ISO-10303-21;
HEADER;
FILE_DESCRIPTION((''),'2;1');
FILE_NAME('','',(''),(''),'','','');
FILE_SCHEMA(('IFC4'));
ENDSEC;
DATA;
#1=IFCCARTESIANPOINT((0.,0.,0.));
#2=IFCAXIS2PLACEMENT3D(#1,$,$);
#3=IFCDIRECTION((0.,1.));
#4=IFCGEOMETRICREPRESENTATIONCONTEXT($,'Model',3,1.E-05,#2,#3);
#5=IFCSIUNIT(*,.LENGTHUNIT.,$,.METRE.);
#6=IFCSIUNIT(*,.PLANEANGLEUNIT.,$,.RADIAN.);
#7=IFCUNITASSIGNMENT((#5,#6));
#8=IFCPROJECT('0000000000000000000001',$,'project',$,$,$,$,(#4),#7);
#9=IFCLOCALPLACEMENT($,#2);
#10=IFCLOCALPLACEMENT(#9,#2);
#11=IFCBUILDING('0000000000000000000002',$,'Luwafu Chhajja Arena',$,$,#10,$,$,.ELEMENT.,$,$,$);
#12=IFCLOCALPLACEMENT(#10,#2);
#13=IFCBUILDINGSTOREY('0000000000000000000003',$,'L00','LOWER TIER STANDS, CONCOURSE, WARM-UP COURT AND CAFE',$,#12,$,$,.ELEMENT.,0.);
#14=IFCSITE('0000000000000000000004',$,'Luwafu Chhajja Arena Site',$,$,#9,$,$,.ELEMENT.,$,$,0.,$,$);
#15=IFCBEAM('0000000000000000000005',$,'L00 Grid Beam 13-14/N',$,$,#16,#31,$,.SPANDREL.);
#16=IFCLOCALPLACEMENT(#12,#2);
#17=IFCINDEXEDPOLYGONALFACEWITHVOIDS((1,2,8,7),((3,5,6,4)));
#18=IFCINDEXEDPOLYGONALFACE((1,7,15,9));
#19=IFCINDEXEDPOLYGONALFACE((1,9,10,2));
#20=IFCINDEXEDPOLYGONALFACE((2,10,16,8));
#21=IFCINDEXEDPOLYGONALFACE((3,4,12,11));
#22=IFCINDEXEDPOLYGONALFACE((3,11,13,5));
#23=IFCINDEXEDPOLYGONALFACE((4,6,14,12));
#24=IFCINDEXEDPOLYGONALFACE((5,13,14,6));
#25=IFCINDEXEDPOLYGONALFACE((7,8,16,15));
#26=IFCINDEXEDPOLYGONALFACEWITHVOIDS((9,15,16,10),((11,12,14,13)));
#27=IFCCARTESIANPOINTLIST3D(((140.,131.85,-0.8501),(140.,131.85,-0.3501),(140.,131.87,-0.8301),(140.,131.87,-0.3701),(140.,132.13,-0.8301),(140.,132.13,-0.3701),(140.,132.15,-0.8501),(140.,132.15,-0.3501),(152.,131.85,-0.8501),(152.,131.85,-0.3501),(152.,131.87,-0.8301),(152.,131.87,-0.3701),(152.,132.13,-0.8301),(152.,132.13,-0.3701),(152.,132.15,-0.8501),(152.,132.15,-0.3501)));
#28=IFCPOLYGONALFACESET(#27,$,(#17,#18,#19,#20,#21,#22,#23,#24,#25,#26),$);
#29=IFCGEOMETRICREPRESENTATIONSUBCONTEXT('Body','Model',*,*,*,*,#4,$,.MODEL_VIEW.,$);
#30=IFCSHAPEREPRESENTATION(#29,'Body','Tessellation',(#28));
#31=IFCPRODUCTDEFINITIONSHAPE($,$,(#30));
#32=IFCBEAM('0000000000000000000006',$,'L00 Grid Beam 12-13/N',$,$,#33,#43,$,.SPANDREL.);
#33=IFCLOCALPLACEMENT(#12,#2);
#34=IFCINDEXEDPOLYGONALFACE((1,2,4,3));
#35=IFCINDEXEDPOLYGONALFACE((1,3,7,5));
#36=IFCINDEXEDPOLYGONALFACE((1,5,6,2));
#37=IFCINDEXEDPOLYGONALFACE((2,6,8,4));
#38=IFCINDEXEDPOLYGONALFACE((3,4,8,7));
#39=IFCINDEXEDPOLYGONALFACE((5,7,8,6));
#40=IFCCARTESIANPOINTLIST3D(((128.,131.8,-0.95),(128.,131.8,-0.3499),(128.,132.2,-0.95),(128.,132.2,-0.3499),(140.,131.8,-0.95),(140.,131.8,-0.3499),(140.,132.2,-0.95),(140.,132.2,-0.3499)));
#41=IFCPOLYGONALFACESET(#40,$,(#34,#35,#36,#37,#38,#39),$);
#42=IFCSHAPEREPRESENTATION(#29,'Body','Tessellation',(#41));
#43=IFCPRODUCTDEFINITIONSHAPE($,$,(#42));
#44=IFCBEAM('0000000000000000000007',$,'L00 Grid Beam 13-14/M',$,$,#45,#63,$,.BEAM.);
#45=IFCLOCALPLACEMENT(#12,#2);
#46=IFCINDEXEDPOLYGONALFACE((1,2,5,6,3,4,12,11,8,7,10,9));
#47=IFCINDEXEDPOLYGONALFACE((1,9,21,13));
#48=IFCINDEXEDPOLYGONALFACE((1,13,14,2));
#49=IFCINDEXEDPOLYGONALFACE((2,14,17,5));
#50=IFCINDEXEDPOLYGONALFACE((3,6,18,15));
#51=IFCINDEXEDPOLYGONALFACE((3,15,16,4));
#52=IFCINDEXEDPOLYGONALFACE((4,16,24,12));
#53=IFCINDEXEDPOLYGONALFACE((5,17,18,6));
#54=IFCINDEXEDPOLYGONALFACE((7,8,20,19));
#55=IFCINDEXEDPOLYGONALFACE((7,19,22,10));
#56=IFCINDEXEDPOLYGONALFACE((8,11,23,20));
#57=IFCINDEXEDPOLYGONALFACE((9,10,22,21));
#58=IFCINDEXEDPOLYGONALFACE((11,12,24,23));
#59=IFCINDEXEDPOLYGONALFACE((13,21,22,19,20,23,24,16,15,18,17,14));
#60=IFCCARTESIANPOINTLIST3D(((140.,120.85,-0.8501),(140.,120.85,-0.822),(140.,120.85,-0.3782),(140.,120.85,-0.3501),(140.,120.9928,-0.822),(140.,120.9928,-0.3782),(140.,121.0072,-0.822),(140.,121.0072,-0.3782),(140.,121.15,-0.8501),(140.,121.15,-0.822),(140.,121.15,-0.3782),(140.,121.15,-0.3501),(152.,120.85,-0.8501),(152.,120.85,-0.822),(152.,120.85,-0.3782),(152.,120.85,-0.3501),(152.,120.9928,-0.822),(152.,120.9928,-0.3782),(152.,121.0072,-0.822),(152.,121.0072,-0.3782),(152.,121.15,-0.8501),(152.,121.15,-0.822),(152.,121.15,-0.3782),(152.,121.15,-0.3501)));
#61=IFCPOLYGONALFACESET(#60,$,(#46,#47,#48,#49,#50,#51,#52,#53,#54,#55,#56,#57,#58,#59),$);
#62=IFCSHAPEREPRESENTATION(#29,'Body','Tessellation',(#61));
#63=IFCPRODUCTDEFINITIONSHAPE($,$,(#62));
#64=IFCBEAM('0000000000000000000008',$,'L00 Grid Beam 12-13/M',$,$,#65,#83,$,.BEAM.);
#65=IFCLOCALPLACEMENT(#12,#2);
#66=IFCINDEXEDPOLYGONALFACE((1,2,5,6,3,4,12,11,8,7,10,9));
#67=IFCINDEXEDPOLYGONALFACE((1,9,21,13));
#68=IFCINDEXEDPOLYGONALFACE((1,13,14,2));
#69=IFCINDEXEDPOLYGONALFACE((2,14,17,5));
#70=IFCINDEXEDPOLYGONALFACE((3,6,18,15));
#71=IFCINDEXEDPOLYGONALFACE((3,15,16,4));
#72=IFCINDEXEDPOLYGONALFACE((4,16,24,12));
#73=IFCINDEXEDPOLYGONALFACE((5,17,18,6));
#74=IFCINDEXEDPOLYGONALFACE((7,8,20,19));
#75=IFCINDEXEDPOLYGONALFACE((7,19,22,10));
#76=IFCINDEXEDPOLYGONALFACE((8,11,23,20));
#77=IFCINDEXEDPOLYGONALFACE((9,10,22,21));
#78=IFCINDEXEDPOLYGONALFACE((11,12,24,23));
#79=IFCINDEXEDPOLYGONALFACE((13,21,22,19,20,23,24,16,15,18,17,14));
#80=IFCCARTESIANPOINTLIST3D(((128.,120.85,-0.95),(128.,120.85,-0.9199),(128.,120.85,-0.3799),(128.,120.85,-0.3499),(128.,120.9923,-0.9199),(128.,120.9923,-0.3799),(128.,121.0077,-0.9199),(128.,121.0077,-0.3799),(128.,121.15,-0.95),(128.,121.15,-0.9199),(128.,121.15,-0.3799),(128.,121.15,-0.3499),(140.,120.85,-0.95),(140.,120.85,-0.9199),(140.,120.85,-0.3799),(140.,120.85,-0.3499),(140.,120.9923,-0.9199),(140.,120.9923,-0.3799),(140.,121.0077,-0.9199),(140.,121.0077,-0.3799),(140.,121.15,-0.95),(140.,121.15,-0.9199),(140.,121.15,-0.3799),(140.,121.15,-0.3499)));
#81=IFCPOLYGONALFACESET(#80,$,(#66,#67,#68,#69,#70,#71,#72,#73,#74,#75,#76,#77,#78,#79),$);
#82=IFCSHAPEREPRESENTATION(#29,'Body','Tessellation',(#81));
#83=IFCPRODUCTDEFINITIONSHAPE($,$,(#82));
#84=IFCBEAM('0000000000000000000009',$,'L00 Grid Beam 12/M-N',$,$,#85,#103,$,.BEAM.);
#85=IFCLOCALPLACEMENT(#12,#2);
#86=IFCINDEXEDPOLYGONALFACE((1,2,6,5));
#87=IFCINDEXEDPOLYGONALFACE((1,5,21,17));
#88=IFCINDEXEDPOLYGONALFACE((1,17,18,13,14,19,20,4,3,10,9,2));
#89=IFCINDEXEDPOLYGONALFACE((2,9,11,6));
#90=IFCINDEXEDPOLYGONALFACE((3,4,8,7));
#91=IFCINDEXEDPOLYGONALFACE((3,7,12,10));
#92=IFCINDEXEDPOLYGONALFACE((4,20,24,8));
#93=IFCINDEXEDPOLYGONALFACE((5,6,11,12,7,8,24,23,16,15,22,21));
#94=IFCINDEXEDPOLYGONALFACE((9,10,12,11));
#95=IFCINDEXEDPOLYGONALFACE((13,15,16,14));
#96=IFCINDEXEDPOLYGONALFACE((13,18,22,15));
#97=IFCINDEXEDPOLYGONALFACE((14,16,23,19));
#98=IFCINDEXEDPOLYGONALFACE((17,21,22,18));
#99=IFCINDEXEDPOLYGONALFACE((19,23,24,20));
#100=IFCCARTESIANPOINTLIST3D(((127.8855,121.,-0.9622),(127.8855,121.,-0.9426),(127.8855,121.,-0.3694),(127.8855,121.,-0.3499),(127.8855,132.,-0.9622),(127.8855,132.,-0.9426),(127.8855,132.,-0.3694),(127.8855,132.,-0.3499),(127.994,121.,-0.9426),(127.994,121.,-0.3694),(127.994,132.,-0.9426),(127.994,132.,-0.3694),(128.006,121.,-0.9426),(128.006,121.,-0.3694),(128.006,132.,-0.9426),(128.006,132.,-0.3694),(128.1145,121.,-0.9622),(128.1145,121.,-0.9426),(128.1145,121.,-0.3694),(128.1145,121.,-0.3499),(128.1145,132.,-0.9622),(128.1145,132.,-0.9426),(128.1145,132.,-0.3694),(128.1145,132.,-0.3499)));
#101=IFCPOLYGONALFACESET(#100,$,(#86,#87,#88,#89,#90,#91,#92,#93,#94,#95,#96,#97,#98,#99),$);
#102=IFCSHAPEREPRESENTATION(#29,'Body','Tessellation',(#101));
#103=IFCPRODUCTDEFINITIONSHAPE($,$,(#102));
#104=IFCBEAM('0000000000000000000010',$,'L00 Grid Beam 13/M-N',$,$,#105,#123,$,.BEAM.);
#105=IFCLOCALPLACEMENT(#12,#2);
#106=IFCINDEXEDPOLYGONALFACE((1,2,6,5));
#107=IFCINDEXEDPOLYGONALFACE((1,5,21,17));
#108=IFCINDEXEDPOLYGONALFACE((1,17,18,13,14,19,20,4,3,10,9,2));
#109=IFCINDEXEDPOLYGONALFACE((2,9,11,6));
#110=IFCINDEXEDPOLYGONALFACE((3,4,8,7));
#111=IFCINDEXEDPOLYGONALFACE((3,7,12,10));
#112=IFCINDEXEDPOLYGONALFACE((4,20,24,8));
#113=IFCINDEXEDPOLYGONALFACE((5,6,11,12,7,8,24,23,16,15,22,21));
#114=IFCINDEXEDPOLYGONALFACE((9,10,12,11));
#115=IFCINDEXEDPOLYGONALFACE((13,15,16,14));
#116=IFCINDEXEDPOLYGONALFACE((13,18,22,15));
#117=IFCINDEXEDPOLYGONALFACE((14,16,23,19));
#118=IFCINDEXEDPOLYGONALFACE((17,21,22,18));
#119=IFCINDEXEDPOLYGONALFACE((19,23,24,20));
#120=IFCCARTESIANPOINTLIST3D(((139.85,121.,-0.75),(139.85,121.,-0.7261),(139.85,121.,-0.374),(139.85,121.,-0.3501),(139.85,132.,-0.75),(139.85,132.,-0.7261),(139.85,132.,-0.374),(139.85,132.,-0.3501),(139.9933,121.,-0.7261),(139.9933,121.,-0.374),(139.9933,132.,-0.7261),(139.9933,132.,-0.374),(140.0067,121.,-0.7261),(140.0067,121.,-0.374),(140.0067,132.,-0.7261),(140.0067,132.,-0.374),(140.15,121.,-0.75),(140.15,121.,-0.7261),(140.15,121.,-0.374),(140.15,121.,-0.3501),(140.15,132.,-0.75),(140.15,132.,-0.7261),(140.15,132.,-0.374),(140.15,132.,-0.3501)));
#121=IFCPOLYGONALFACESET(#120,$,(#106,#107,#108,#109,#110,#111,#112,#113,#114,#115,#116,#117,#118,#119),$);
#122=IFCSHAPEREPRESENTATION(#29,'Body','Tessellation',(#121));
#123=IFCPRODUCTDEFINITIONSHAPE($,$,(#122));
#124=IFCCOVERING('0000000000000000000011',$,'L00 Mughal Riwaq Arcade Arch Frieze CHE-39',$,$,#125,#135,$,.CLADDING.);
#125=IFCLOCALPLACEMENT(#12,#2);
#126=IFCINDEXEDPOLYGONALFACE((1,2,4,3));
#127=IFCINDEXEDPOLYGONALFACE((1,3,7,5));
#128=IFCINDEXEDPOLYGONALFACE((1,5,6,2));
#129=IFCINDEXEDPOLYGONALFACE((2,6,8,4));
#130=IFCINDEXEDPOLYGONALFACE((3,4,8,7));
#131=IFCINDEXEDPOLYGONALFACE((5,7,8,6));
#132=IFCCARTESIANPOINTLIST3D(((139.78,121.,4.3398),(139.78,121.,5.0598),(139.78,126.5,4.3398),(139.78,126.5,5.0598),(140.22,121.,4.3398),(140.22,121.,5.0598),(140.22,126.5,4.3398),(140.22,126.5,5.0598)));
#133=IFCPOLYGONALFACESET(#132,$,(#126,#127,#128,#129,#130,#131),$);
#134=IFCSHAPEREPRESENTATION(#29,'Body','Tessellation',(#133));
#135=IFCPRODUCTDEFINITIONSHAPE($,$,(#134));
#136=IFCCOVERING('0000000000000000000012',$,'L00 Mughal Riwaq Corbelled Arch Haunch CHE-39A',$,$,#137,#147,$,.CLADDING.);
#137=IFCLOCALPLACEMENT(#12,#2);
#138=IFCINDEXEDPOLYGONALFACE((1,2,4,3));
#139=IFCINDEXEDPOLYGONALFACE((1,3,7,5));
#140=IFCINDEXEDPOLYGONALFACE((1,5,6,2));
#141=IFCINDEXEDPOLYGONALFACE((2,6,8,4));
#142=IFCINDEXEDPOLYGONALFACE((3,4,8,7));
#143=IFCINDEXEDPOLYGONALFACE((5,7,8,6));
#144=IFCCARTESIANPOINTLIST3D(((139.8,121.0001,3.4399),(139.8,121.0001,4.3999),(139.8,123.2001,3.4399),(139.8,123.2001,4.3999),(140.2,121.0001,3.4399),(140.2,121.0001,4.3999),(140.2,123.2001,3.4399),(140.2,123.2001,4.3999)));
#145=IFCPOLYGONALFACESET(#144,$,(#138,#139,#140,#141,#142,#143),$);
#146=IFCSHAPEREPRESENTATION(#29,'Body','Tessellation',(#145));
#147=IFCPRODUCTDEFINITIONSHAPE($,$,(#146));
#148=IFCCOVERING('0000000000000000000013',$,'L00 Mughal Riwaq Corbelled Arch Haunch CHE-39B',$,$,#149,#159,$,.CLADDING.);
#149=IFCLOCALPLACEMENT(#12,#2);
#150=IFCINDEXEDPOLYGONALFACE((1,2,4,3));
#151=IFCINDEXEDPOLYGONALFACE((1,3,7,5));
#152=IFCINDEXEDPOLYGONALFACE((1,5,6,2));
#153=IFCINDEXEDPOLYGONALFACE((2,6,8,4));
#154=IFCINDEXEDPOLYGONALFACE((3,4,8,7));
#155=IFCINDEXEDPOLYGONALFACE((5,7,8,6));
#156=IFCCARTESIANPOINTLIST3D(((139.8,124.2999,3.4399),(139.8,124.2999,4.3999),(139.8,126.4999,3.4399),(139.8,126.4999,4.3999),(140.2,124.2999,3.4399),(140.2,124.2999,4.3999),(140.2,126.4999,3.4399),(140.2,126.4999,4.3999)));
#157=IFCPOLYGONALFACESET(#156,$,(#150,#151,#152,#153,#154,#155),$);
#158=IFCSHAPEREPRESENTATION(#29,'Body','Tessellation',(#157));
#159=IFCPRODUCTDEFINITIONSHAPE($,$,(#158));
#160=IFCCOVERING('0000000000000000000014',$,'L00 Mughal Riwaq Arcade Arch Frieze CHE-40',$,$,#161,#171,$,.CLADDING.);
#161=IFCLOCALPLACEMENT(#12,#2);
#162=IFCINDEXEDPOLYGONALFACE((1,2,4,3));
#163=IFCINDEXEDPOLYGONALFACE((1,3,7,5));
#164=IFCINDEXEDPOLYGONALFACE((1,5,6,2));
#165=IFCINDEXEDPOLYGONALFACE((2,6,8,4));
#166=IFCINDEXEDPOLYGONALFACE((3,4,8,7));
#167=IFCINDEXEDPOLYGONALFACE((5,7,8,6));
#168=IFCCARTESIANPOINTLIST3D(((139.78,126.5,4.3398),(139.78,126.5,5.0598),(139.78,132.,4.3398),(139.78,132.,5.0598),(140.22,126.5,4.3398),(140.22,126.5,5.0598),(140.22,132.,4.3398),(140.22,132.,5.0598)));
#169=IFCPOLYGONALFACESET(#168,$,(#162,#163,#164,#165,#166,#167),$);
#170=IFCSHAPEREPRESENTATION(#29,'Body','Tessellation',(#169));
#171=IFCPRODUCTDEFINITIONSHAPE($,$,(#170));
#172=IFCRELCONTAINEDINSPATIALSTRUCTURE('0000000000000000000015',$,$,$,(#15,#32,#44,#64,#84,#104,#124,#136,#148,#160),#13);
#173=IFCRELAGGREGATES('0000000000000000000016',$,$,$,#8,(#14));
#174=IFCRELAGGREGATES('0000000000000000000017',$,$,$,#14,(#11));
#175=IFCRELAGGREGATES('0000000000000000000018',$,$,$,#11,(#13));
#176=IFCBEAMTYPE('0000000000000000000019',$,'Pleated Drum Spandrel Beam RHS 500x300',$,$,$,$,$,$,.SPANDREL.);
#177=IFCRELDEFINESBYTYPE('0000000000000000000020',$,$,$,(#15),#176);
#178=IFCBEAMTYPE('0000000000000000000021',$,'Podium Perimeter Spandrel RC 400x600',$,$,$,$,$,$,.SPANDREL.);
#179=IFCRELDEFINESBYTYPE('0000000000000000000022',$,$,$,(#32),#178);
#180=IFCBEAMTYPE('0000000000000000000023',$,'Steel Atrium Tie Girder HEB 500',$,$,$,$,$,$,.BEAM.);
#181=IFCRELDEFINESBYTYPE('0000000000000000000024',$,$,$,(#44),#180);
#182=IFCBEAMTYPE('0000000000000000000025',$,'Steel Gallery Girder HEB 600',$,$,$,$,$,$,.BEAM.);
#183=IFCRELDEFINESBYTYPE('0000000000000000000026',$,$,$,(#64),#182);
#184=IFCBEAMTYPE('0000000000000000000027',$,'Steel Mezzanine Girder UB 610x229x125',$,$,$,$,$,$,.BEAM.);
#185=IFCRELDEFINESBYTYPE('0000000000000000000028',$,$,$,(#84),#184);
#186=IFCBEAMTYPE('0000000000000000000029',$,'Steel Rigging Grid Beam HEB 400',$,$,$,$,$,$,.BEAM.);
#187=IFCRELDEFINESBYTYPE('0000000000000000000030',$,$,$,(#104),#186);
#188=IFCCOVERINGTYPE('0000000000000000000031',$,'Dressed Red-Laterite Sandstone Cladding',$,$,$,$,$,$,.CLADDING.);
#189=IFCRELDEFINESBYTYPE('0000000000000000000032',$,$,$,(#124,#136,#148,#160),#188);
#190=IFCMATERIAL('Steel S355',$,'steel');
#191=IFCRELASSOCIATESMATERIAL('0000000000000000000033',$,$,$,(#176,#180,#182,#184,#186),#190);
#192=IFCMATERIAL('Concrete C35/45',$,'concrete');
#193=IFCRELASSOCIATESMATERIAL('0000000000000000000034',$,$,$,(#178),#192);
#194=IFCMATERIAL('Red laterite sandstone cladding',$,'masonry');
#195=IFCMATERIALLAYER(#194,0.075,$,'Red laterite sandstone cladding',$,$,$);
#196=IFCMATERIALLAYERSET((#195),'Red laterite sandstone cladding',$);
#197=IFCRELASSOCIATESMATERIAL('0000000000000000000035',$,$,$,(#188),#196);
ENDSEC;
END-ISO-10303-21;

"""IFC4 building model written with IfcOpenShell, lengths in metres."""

from ifc_helpers import new_model, si_unit, direction, frame, origin, origin_2d, place, context, subcontext, project, spatial, rectangle, hollow_rectangle, i_section, extrude, material, layer, layer_set, material_profile, profile_set, type_object, element, save


model = new_model("IFC4")

# Units and contexts
model_context = context("Model", 3, precision=1e-05, world=origin(), true_north=direction((0.0, 1.0)))
body_context = subcontext(model_context, "Body", "Model", "MODEL_VIEW")
ifc_project = project(units=[si_unit("LENGTHUNIT", "METRE"), si_unit("PLANEANGLEUNIT", "RADIAN")], contexts=[model_context])

# Site, building, storey
site_placement = place(None, origin())
site = spatial("IfcSite", under=ifc_project, at=site_placement, Name="Luwafu Chhajja Arena Site", CompositionType="ELEMENT", RefElevation=0.0)
building_placement = place(site_placement, origin())
building = spatial("IfcBuilding", under=site, at=building_placement, Name="Luwafu Chhajja Arena", CompositionType="ELEMENT")
storey_placement = place(building_placement, origin())
storey = spatial("IfcBuildingStorey", under=building, at=storey_placement, Name="L00", Description="LOWER TIER STANDS, CONCOURSE, WARM-UP COURT AND CAFE", CompositionType="ELEMENT", Elevation=0.0)

# Shared definitions
ifc_material_1 = material(Name="Concrete C35/45", Category="concrete")

# Beams
ifc_material_2 = material(Name="Steel S355", Category="steel")
ifc_material_profile_1 = material_profile(ifc_material_2, hollow_rectangle(XDim=0.3, YDim=0.5, WallThickness=0.02, at=origin_2d()), Name="RHS 500x300x20")
ifc_profile_set_1 = profile_set([ifc_material_profile_1], Name="Steel S355")
beam_type_1 = type_object("IfcBeamType", Name="Pleated Drum Spandrel Beam RHS 500x300", PredefinedType="SPANDREL", material=ifc_profile_set_1)
beam_1_placement = place(storey_placement, frame((140.0, 132.0, -0.6001), z_axis=(1.0, 0.0, 0.0), x_axis=(0.0, 1.0, 0.0)))
element("IfcBeam", 1, at=beam_1_placement, inside=storey, type_object=beam_type_1, Name="L00 Grid Beam 13-14/N", PredefinedType="SPANDREL", context=body_context, shape_type="SweptSolid", body=[
    extrude(hollow_rectangle(XDim=0.3, YDim=0.5, WallThickness=0.02, at=origin_2d()), origin(), (0.0, 0.0, 1.0), 12.0),
])
ifc_material_profile_2 = material_profile(ifc_material_1, rectangle(XDim=0.3999, YDim=0.6001, at=origin_2d()), Name="RC 400x600")
ifc_profile_set_2 = profile_set([ifc_material_profile_2], Name="Concrete C35/45")
beam_type_2 = type_object("IfcBeamType", Name="Podium Perimeter Spandrel RC 400x600", PredefinedType="SPANDREL", material=ifc_profile_set_2)
beam_2_placement = place(storey_placement, frame((128.0, 132.0, -0.6499), z_axis=(1.0, 0.0, 0.0), x_axis=(0.0, 1.0, 0.0)))
element("IfcBeam", 2, at=beam_2_placement, inside=storey, type_object=beam_type_2, Name="L00 Grid Beam 12-13/N", PredefinedType="SPANDREL", context=body_context, shape_type="SweptSolid", body=[
    extrude(rectangle(XDim=0.3999, YDim=0.6001, at=origin_2d()), origin(), (0.0, 0.0, 1.0), 12.0),
])
ifc_material_profile_3 = material_profile(ifc_material_2, i_section(OverallWidth=0.3, OverallDepth=0.5, WebThickness=0.0144, FlangeThickness=0.0281, at=origin_2d()), Name="HEB 500")
ifc_profile_set_3 = profile_set([ifc_material_profile_3], Name="Steel S355")
beam_type_3 = type_object("IfcBeamType", Name="Steel Atrium Tie Girder HEB 500", PredefinedType="BEAM", material=ifc_profile_set_3)
beam_3_placement = place(storey_placement, frame((140.0, 121.0, -0.6001), z_axis=(1.0, 0.0, 0.0), x_axis=(0.0, 1.0, 0.0)))
element("IfcBeam", 3, at=beam_3_placement, inside=storey, type_object=beam_type_3, Name="L00 Grid Beam 13-14/M", PredefinedType="BEAM", context=body_context, shape_type="SweptSolid", body=[
    extrude(i_section(OverallWidth=0.3, OverallDepth=0.5, WebThickness=0.0144, FlangeThickness=0.0281, at=origin_2d()), origin(), (0.0, 0.0, 1.0), 12.0),
])
ifc_material_profile_4 = material_profile(ifc_material_2, i_section(OverallWidth=0.3, OverallDepth=0.6001, WebThickness=0.0154, FlangeThickness=0.03, at=origin_2d()), Name="HEB 600")
ifc_profile_set_4 = profile_set([ifc_material_profile_4], Name="Steel S355")
beam_type_4 = type_object("IfcBeamType", Name="Steel Gallery Girder HEB 600", PredefinedType="BEAM", material=ifc_profile_set_4)
beam_4_placement = place(storey_placement, frame((128.0, 121.0, -0.6499), z_axis=(1.0, 0.0, 0.0), x_axis=(0.0, 1.0, 0.0)))
element("IfcBeam", 4, at=beam_4_placement, inside=storey, type_object=beam_type_4, Name="L00 Grid Beam 12-13/M", PredefinedType="BEAM", context=body_context, shape_type="SweptSolid", body=[
    extrude(i_section(OverallWidth=0.3, OverallDepth=0.6001, WebThickness=0.0154, FlangeThickness=0.03, at=origin_2d()), origin(), (0.0, 0.0, 1.0), 12.0),
])
ifc_material_profile_5 = material_profile(ifc_material_2, i_section(OverallWidth=0.229, OverallDepth=0.6123, WebThickness=0.012, FlangeThickness=0.0195, at=origin_2d()), Name="UB 610x229x125")
ifc_profile_set_5 = profile_set([ifc_material_profile_5], Name="Steel S355")
beam_type_5 = type_object("IfcBeamType", Name="Steel Mezzanine Girder UB 610x229x125", PredefinedType="BEAM", material=ifc_profile_set_5)
beam_5_placement = place(storey_placement, frame((128.0, 121.0, -0.656), z_axis=(0.0, 1.0, 0.0), x_axis=(-1.0, 0.0, 0.0)))
element("IfcBeam", 5, at=beam_5_placement, inside=storey, type_object=beam_type_5, Name="L00 Grid Beam 12/M-N", PredefinedType="BEAM", context=body_context, shape_type="SweptSolid", body=[
    extrude(i_section(OverallWidth=0.229, OverallDepth=0.6123, WebThickness=0.012, FlangeThickness=0.0195, at=origin_2d()), origin(), (0.0, 0.0, 1.0), 11.0),
])
ifc_material_profile_6 = material_profile(ifc_material_2, i_section(OverallWidth=0.3, OverallDepth=0.3999, WebThickness=0.0134, FlangeThickness=0.0239, at=origin_2d()), Name="HEB 400")
ifc_profile_set_6 = profile_set([ifc_material_profile_6], Name="Steel S355")
beam_type_6 = type_object("IfcBeamType", Name="Steel Rigging Grid Beam HEB 400", PredefinedType="BEAM", material=ifc_profile_set_6)
beam_6_placement = place(storey_placement, frame((140.0, 121.0, -0.55), z_axis=(0.0, 1.0, 0.0), x_axis=(-1.0, 0.0, 0.0)))
element("IfcBeam", 6, at=beam_6_placement, inside=storey, type_object=beam_type_6, Name="L00 Grid Beam 13/M-N", PredefinedType="BEAM", context=body_context, shape_type="SweptSolid", body=[
    extrude(i_section(OverallWidth=0.3, OverallDepth=0.3999, WebThickness=0.0134, FlangeThickness=0.0239, at=origin_2d()), origin(), (0.0, 0.0, 1.0), 11.0),
])

# Coverings
ifc_material_3 = material(Name="Red laterite sandstone cladding", Category="masonry")
ifc_layer_1 = layer(ifc_material_3, 0.075, Name="Red laterite sandstone cladding")
ifc_layer_set_1 = layer_set([ifc_layer_1], Name="Red laterite sandstone cladding")
covering_type = type_object("IfcCoveringType", Name="Dressed Red-Laterite Sandstone Cladding", PredefinedType="CLADDING", material=ifc_layer_set_1)
covering_1_placement = place(storey_placement, frame((140.0, 123.75, 4.3398), z_axis=(0.0, 0.0, 1.0), x_axis=(0.0, 1.0, 0.0)))
element("IfcCovering", 7, at=covering_1_placement, inside=storey, type_object=covering_type, Name="L00 Mughal Riwaq Arcade Arch Frieze CHE-39", PredefinedType="CLADDING", context=body_context, shape_type="SweptSolid", body=[
    extrude(rectangle(XDim=5.5, YDim=0.4399, at=origin_2d()), origin(), (0.0, 0.0, 1.0), 0.72),
])
for number, where, z_axis, x_axis, name in (
    (8, (140.0, 122.1001, 3.4399), (0.0, 0.0, 1.0), (0.0, 1.0, 0.0), "L00 Mughal Riwaq Corbelled Arch Haunch CHE-39A"),
    (9, (140.0, 125.3999, 3.4399), (0.0, 0.0, 1.0), (0.0, 1.0, 0.0), "L00 Mughal Riwaq Corbelled Arch Haunch CHE-39B"),
):
    element("IfcCovering", number, at=place(storey_placement, frame(where, z_axis=z_axis, x_axis=x_axis)), inside=storey, type_object=covering_type, Name=name, PredefinedType="CLADDING", context=body_context, shape_type="SweptSolid", body=[
        extrude(rectangle(XDim=2.2, YDim=0.3999, at=origin_2d()), origin(), (0.0, 0.0, 1.0), 0.96),
    ])
covering_2_placement = place(storey_placement, frame((140.0, 129.25, 4.3398), z_axis=(0.0, 0.0, 1.0), x_axis=(0.0, 1.0, 0.0)))
element("IfcCovering", 10, at=covering_2_placement, inside=storey, type_object=covering_type, Name="L00 Mughal Riwaq Arcade Arch Frieze CHE-40", PredefinedType="CLADDING", context=body_context, shape_type="SweptSolid", body=[
    extrude(rectangle(XDim=5.5, YDim=0.4399, at=origin_2d()), origin(), (0.0, 0.0, 1.0), 0.72),
])

save(model, "model.ifc")
